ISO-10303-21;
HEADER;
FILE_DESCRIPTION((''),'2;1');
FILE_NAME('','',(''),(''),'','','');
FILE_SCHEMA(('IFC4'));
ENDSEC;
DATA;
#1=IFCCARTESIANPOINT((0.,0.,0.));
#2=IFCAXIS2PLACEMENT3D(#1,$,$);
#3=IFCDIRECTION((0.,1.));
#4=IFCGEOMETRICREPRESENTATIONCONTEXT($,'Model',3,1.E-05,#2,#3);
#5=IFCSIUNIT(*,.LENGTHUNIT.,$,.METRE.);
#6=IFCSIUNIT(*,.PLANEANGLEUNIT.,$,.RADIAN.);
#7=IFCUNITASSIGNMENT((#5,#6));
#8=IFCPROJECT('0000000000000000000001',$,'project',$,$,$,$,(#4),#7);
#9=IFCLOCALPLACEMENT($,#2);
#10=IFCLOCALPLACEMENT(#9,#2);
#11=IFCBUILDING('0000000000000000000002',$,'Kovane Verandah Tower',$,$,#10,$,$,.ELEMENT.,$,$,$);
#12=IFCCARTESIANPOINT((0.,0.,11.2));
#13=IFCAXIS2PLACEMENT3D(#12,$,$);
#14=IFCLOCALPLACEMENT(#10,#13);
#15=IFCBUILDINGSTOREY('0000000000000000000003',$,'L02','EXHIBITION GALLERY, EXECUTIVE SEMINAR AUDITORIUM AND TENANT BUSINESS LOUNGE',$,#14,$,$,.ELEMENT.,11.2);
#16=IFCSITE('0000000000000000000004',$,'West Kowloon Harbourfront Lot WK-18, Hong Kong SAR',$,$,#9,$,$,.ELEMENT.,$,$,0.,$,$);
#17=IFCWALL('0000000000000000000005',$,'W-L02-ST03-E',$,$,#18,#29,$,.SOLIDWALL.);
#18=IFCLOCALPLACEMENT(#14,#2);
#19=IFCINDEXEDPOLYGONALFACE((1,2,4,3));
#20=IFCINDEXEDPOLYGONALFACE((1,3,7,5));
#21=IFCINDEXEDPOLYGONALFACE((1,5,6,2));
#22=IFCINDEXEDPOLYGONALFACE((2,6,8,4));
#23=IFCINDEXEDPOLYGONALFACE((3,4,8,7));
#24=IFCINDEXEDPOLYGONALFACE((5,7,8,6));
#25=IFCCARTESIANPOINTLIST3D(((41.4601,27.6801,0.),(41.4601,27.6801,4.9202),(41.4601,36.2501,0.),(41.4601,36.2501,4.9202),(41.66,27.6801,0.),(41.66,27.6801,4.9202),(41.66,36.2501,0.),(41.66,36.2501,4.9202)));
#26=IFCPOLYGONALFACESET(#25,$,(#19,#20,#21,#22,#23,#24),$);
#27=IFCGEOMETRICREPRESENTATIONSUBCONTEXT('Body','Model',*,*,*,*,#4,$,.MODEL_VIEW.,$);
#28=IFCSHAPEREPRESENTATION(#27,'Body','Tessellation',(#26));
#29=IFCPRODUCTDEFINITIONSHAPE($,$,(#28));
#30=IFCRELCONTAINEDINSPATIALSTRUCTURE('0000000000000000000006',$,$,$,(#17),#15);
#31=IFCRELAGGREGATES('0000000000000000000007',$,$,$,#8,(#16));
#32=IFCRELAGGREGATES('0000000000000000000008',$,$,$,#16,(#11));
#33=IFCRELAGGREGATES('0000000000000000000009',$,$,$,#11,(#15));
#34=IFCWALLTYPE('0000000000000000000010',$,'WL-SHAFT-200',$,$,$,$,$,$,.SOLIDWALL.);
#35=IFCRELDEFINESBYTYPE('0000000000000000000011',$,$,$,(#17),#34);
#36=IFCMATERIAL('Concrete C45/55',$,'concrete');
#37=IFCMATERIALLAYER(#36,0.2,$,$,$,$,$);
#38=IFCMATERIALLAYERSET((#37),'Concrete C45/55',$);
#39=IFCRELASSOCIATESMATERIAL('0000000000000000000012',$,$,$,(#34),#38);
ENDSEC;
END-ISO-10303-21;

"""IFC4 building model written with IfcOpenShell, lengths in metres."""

from ifc_helpers import new_model, si_unit, direction, frame, frame_2d, origin, place, context, subcontext, project, spatial, rectangle, extrude, material, layer, layer_set, type_object, element, save


model = new_model("IFC4")

# Units and contexts
model_context = context("Model", 3, precision=1e-05, world=origin(), true_north=direction((0.0, 1.0)))
body_context = subcontext(model_context, "Body", "Model", "MODEL_VIEW")
ifc_project = project(units=[si_unit("LENGTHUNIT", "METRE"), si_unit("PLANEANGLEUNIT", "RADIAN")], contexts=[model_context])

# Site, building, storey
site_placement = place(None, origin())
site = spatial("IfcSite", under=ifc_project, at=site_placement, Name="West Kowloon Harbourfront Lot WK-18, Hong Kong SAR", CompositionType="ELEMENT", RefElevation=0.0)
building_placement = place(site_placement, origin())
building = spatial("IfcBuilding", under=site, at=building_placement, Name="Kovane Verandah Tower", CompositionType="ELEMENT")
storey_placement = place(building_placement, frame((0.0, 0.0, 11.2)))
storey = spatial("IfcBuildingStorey", under=building, at=storey_placement, Name="L02", Description="EXHIBITION GALLERY, EXECUTIVE SEMINAR AUDITORIUM AND TENANT BUSINESS LOUNGE", CompositionType="ELEMENT", Elevation=11.2)

# Wall
ifc_material_1 = material(Name="Concrete C45/55", Category="concrete")
ifc_layer_1 = layer(ifc_material_1, 0.2)
ifc_layer_set_1 = layer_set([ifc_layer_1], Name="Concrete C45/55")
wall_type_1 = type_object("IfcWallType", Name="WL-SHAFT-200", PredefinedType="SOLIDWALL", material=ifc_layer_set_1)
wall_1_placement = place(storey_placement, frame((41.5601, 27.6799, 0.0), z_axis=(0.0, 0.0, 1.0), x_axis=(0.0, 1.0, 0.0)))
element("IfcWall", 1, at=wall_1_placement, inside=storey, type_object=wall_type_1, Name="W-L02-ST03-E", PredefinedType="SOLIDWALL", context=body_context, shape_type="SweptSolid", body=[
    extrude(rectangle(XDim=8.5701, YDim=0.2, at=frame_2d((4.2852, 0.0))), origin(), (0.0, 0.0, 1.0), 4.9202),
])

save(model, "model.ifc")
